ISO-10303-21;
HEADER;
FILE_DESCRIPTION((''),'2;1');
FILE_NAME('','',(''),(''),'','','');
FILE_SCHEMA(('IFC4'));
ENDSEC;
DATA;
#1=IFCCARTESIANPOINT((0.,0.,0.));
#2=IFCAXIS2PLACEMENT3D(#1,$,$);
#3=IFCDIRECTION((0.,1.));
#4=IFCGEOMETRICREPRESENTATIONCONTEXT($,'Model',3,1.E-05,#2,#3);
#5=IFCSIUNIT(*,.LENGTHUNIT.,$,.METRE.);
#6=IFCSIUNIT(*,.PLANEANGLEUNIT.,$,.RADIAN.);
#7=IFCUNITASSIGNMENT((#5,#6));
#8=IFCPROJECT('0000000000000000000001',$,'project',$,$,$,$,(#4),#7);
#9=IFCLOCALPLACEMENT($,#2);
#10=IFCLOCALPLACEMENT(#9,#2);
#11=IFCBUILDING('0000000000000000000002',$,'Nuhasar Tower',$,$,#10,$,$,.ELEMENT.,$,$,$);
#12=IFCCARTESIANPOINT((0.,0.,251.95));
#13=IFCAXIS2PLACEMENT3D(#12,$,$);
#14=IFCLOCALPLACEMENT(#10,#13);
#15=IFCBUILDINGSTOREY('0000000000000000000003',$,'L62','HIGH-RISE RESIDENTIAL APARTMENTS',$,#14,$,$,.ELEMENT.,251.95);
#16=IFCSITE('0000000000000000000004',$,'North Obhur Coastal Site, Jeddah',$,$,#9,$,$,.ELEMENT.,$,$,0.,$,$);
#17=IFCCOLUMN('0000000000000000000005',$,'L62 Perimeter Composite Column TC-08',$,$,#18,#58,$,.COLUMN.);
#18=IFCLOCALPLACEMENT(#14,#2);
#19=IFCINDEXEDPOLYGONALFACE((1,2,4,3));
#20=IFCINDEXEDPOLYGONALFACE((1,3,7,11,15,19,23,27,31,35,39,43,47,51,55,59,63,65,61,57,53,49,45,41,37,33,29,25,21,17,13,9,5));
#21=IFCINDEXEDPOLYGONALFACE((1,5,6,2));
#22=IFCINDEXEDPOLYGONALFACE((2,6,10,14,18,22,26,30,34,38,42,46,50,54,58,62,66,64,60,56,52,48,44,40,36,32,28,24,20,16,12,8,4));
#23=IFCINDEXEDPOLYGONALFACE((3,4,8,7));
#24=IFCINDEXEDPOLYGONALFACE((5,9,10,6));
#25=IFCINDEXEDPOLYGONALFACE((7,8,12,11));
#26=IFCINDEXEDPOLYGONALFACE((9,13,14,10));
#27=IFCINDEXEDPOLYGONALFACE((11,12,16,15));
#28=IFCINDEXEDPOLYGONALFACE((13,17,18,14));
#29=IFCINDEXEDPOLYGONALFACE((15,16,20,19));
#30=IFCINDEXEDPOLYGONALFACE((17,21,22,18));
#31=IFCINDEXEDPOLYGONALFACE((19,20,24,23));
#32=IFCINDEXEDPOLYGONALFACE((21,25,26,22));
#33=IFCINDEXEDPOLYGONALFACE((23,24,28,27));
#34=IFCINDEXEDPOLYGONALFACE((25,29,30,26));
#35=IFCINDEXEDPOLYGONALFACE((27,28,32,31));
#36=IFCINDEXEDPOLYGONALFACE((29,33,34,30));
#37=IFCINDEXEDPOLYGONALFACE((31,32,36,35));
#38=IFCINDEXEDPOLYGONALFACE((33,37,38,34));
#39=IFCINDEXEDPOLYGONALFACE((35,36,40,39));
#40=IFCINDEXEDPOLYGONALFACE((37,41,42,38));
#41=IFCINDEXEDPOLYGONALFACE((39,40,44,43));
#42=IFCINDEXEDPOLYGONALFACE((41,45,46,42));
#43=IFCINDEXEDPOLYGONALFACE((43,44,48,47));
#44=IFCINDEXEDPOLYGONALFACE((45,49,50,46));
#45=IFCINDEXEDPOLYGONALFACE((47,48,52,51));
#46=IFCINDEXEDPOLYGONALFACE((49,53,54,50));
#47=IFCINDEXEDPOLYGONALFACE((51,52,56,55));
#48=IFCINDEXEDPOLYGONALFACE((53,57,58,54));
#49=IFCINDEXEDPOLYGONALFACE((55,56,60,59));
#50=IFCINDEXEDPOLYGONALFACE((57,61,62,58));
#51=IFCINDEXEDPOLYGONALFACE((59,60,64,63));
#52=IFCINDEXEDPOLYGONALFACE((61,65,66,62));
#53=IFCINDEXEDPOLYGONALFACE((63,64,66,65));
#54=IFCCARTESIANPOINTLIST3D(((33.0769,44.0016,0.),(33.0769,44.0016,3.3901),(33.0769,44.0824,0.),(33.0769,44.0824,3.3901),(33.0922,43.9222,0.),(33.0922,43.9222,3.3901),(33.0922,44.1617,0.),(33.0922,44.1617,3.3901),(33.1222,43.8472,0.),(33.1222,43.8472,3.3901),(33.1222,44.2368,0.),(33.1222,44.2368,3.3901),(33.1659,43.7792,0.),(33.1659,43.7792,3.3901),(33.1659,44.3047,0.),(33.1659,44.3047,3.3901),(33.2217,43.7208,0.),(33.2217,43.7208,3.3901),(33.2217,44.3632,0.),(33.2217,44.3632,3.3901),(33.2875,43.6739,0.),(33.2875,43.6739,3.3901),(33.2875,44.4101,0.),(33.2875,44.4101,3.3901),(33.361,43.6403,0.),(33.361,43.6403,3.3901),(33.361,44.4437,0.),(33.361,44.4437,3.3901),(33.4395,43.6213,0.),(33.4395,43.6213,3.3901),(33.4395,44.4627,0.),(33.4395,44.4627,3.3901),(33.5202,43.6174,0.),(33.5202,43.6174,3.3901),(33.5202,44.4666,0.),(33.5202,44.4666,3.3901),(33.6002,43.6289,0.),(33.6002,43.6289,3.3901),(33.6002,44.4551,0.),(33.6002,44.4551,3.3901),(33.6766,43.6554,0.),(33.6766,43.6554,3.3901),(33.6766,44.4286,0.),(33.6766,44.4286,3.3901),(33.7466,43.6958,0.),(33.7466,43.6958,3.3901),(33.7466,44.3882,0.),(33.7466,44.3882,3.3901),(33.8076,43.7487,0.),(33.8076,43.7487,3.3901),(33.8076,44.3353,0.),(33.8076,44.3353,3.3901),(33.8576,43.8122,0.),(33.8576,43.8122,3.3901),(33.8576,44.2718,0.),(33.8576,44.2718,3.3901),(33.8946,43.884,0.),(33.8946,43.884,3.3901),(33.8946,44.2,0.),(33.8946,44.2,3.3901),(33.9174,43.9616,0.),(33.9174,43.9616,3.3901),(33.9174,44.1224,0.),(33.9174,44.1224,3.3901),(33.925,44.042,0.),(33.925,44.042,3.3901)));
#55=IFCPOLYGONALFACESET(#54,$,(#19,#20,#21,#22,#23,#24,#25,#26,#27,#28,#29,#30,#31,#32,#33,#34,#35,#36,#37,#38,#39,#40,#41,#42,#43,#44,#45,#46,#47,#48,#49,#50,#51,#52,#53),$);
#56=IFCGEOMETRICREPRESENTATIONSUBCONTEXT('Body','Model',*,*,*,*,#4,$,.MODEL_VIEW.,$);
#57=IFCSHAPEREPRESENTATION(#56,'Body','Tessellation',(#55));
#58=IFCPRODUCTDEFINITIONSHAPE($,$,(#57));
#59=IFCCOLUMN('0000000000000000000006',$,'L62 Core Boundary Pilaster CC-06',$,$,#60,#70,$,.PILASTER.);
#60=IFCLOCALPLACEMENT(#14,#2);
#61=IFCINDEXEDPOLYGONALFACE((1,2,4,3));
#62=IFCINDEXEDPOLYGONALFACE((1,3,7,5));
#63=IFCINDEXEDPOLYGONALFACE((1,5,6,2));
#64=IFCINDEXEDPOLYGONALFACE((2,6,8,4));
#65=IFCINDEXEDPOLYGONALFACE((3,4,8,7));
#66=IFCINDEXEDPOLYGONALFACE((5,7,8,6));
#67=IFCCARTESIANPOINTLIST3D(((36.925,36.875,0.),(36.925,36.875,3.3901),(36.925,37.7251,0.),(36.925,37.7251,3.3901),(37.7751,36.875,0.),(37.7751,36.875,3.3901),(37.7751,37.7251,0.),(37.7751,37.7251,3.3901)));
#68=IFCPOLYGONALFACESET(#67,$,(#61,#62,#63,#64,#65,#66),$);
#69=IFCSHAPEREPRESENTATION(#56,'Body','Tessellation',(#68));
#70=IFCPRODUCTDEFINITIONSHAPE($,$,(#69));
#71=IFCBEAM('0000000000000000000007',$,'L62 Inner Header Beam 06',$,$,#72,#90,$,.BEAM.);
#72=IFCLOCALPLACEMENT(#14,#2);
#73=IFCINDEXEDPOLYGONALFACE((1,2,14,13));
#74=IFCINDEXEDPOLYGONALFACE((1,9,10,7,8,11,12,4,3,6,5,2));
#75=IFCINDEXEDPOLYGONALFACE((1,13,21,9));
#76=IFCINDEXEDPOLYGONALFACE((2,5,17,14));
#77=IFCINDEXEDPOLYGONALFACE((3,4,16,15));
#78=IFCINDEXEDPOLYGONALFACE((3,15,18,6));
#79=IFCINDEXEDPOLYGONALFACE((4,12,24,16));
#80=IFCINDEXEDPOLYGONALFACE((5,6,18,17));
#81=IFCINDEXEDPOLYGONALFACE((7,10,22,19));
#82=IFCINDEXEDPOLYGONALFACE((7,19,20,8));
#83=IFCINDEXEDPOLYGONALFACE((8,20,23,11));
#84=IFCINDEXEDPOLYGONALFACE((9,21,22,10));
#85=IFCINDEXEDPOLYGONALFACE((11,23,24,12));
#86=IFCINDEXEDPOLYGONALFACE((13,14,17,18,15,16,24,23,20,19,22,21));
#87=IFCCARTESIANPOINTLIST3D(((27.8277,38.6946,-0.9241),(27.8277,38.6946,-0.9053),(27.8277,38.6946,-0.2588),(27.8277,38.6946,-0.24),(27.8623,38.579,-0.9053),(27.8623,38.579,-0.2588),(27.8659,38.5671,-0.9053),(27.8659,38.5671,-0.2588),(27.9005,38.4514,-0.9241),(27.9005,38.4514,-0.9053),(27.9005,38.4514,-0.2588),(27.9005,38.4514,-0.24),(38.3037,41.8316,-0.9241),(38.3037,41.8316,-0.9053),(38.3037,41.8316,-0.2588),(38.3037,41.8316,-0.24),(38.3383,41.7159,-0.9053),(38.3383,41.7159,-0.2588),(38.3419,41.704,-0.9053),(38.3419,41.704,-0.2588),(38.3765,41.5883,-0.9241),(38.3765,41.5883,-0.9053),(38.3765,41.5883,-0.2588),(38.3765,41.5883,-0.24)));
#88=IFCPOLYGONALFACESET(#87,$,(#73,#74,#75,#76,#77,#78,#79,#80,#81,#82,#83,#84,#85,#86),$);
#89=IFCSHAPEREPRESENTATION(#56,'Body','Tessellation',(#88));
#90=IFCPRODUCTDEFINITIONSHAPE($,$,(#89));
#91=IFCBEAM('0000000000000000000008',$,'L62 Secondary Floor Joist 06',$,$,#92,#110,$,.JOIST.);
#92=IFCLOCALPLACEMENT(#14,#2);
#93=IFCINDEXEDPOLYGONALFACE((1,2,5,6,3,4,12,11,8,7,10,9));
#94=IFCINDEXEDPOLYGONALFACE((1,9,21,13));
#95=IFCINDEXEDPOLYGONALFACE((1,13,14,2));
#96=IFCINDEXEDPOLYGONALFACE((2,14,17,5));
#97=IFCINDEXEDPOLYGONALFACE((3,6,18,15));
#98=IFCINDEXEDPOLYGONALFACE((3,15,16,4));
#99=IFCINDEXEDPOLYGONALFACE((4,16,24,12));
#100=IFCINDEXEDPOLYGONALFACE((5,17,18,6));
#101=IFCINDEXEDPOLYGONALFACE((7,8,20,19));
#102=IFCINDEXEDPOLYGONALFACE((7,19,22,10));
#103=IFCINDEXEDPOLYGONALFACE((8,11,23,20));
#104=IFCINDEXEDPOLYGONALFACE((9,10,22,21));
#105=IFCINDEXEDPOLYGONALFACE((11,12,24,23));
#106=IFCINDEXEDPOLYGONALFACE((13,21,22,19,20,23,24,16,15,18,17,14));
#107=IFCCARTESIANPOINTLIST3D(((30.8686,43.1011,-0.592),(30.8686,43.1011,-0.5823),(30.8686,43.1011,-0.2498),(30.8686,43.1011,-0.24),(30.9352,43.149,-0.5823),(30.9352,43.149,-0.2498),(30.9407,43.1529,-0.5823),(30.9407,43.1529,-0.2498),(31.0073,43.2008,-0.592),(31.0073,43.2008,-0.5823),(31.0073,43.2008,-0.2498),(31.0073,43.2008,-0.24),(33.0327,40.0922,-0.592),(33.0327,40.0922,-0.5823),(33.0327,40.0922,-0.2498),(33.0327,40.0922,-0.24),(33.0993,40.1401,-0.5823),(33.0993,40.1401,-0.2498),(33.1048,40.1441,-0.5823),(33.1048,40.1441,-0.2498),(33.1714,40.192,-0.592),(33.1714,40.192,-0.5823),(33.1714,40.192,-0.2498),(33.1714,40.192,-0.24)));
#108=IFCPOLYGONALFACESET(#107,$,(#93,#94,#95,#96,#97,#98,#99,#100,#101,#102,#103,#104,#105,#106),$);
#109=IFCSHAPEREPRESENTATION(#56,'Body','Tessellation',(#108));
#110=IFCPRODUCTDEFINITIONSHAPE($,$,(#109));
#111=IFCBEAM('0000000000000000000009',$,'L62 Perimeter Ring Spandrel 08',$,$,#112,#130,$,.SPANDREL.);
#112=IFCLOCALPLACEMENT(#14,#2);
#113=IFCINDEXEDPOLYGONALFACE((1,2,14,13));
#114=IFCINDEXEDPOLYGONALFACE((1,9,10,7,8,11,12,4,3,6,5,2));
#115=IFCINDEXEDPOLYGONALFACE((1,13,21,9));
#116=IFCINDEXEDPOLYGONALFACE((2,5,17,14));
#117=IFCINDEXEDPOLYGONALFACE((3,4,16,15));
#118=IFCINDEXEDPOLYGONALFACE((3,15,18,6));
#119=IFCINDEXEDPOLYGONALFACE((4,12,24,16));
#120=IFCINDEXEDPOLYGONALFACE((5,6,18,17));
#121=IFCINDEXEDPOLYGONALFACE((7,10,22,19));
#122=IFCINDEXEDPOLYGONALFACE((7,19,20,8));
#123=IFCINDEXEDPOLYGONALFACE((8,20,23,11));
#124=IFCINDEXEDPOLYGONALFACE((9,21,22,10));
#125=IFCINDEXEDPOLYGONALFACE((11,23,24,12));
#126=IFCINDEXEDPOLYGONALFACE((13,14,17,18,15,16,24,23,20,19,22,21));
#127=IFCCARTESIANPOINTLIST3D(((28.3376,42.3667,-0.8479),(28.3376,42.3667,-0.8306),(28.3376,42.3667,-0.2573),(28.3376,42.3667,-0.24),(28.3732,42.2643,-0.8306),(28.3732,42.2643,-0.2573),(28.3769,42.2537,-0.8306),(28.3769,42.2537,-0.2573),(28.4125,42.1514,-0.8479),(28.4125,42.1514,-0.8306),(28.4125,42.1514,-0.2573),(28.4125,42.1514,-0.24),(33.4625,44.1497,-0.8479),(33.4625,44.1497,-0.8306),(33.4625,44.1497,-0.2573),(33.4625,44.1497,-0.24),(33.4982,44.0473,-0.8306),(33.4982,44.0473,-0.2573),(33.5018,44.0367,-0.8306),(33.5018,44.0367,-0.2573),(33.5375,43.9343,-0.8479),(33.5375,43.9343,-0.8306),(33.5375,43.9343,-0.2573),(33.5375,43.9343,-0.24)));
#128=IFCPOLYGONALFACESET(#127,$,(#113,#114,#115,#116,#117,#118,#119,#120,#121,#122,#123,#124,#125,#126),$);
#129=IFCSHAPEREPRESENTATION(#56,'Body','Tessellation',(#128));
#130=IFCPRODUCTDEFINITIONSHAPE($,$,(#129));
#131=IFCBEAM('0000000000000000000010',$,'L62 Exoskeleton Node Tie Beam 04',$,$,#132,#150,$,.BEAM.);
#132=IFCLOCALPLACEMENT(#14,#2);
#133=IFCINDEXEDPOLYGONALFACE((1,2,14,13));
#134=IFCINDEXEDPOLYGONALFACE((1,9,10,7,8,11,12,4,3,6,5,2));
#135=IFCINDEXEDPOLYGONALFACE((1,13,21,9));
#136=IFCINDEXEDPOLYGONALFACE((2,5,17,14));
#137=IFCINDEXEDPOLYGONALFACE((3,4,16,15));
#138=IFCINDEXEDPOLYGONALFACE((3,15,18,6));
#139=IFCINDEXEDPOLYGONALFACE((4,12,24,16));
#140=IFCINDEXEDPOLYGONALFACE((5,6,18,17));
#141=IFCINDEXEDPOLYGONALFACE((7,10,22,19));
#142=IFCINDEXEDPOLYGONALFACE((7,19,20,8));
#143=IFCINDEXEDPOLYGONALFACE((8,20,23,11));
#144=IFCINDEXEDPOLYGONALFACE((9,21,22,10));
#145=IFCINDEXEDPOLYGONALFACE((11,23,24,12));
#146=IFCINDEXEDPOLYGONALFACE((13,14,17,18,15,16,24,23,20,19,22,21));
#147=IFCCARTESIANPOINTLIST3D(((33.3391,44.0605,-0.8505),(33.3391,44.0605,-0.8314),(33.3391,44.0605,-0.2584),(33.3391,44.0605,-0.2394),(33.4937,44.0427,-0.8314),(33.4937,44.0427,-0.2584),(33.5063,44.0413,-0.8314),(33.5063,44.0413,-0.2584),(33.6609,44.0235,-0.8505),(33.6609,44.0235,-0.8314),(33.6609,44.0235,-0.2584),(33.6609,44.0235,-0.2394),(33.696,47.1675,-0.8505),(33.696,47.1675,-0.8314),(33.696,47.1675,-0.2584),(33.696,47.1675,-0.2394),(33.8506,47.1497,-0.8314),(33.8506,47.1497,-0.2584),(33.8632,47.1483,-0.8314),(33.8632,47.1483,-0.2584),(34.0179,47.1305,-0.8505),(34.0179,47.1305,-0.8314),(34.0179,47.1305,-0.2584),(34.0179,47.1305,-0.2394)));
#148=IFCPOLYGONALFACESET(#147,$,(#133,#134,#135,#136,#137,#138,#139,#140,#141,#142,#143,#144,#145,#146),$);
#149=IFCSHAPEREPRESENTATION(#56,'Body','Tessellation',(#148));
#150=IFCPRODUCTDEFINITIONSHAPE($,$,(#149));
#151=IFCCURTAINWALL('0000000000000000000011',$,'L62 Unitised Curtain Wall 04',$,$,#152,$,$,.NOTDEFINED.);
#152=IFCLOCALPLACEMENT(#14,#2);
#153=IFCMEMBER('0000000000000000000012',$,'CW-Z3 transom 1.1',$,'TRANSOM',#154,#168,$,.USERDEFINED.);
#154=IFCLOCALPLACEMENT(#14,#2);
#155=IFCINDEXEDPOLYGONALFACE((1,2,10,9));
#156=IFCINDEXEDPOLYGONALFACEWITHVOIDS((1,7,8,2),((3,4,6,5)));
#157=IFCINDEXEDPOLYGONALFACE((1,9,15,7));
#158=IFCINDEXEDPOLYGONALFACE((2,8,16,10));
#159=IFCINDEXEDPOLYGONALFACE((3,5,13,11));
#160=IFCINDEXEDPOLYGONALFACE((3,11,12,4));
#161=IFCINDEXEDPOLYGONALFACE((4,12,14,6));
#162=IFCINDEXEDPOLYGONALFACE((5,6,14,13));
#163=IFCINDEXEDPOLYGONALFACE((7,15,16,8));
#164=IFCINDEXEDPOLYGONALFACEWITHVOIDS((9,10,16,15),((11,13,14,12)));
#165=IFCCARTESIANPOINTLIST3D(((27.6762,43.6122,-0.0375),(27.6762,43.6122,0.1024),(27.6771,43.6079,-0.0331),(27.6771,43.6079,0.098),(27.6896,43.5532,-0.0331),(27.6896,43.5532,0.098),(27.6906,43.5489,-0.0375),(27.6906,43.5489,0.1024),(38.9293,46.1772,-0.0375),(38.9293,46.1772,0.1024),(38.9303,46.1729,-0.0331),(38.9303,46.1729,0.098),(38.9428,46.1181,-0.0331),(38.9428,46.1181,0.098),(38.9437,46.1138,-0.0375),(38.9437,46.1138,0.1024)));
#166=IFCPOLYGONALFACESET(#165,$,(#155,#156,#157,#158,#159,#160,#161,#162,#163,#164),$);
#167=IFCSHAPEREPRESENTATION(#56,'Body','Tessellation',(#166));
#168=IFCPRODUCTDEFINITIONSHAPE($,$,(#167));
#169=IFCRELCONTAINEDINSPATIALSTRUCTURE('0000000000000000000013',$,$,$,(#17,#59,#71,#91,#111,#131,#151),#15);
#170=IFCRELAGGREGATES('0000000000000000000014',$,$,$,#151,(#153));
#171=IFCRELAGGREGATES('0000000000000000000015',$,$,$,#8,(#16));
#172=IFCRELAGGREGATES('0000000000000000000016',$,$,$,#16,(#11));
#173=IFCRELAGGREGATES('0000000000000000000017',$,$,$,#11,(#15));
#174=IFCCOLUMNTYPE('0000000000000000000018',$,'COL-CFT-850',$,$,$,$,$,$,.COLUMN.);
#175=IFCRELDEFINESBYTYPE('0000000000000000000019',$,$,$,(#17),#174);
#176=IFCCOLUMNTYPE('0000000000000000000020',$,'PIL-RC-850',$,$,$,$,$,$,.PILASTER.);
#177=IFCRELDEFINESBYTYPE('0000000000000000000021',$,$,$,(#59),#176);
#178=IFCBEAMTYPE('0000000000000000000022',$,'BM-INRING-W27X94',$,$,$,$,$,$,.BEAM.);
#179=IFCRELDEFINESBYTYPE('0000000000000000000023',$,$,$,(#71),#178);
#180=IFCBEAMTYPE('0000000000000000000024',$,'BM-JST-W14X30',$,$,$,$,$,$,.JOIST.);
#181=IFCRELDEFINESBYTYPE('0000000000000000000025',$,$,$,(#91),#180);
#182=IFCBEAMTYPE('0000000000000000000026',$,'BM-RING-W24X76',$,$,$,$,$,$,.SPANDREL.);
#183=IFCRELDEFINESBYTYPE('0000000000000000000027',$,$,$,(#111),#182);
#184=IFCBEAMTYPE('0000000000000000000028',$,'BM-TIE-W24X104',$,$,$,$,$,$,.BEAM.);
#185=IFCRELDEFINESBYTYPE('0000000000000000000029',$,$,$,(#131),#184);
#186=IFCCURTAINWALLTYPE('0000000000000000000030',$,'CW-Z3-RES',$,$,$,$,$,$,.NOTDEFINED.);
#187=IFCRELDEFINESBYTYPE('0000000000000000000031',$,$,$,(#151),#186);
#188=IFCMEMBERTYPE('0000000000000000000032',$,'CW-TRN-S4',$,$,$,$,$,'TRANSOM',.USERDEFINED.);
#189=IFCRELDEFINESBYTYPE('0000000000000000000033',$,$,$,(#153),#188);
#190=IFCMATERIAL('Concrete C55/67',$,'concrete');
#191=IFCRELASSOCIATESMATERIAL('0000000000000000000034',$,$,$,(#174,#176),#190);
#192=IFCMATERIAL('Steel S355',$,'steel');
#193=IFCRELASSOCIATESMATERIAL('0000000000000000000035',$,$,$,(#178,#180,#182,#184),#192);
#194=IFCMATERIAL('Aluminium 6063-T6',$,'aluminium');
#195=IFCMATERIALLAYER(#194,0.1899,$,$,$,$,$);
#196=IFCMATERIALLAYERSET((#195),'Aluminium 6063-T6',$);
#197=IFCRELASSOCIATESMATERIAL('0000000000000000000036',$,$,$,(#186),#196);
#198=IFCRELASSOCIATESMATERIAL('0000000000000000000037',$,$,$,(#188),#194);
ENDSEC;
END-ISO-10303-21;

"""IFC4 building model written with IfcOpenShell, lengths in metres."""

from ifc_helpers import new_model, si_unit, direction, frame, origin, origin_2d, place, context, subcontext, project, spatial, rectangle, hollow_rectangle, circle, i_section, extrude, material, layer, layer_set, material_profile, profile_set, type_object, element, aggregate, save


model = new_model("IFC4")

# Units and contexts
model_context = context("Model", 3, precision=1e-05, world=origin(), true_north=direction((0.0, 1.0)))
body_context = subcontext(model_context, "Body", "Model", "MODEL_VIEW")
ifc_project = project(units=[si_unit("LENGTHUNIT", "METRE"), si_unit("PLANEANGLEUNIT", "RADIAN")], contexts=[model_context])

# Site, building, storey
site_placement = place(None, origin())
site = spatial("IfcSite", under=ifc_project, at=site_placement, Name="North Obhur Coastal Site, Jeddah", CompositionType="ELEMENT", RefElevation=0.0)
building_placement = place(site_placement, origin())
building = spatial("IfcBuilding", under=site, at=building_placement, Name="Nuhasar Tower", CompositionType="ELEMENT")
storey_placement = place(building_placement, frame((0.0, 0.0, 251.95)))
storey = spatial("IfcBuildingStorey", under=building, at=storey_placement, Name="L62", Description="HIGH-RISE RESIDENTIAL APARTMENTS", CompositionType="ELEMENT", Elevation=251.95)

# Columns
ifc_material_1 = material(Name="Concrete C55/67", Category="concrete")
ifc_material_profile_1 = material_profile(ifc_material_1, circle(Radius=0.425, at=origin_2d()), Name="CFT850")
ifc_profile_set_1 = profile_set([ifc_material_profile_1], Name="Concrete C55/67")
column_type_1 = type_object("IfcColumnType", Name="COL-CFT-850", PredefinedType="COLUMN", material=ifc_profile_set_1)
column_1_placement = place(storey_placement, frame((33.5, 44.042, 0.0), z_axis=(0.0, 0.0, 1.0), x_axis=(1.0, 0.0, 0.0)))
element("IfcColumn", 1, at=column_1_placement, inside=storey, type_object=column_type_1, Name="L62 Perimeter Composite Column TC-08", PredefinedType="COLUMN", context=body_context, shape_type="SweptSolid", body=[
    extrude(circle(Radius=0.425, at=origin_2d()), origin(), (0.0, 0.0, 1.0), 3.3901),
])
ifc_material_profile_2 = material_profile(ifc_material_1, rectangle(XDim=0.8501, YDim=0.8501, at=origin_2d()), Name="RC850X850")
ifc_profile_set_2 = profile_set([ifc_material_profile_2], Name="Concrete C55/67")
column_type_2 = type_object("IfcColumnType", Name="PIL-RC-850", PredefinedType="PILASTER", material=ifc_profile_set_2)
column_2_placement = place(storey_placement, frame((37.3501, 37.3, 0.0), z_axis=(0.0, 0.0, 1.0), x_axis=(1.0, 0.0, 0.0)))
element("IfcColumn", 2, at=column_2_placement, inside=storey, type_object=column_type_2, Name="L62 Core Boundary Pilaster CC-06", PredefinedType="PILASTER", context=body_context, shape_type="SweptSolid", body=[
    extrude(rectangle(XDim=0.8501, YDim=0.8501, at=origin_2d()), origin(), (0.0, 0.0, 1.0), 3.3901),
])

# Beams
ifc_material_2 = material(Name="Steel S355", Category="steel")
ifc_material_profile_3 = material_profile(ifc_material_2, i_section(OverallWidth=0.2539, OverallDepth=0.6841, WebThickness=0.0125, FlangeThickness=0.0188, at=origin_2d()), Name="W27X94")
ifc_profile_set_3 = profile_set([ifc_material_profile_3], Name="Steel S355")
beam_type_1 = type_object("IfcBeamType", Name="BM-INRING-W27X94", PredefinedType="BEAM", material=ifc_profile_set_3)
beam_1_placement = place(storey_placement, frame((38.3401, 41.71, -0.582), z_axis=(-0.957974, -0.286856, 0.0), x_axis=(0.286856, -0.957974, 0.0)))
element("IfcBeam", 3, at=beam_1_placement, inside=storey, type_object=beam_type_1, Name="L62 Inner Header Beam 06", PredefinedType="BEAM", context=body_context, shape_type="SweptSolid", body=[
    extrude(i_section(OverallWidth=0.2539, OverallDepth=0.6841, WebThickness=0.0125, FlangeThickness=0.0188, at=origin_2d()), origin(), (0.0, 0.0, 1.0), 10.9355),
])
ifc_material_profile_4 = material_profile(ifc_material_2, i_section(OverallWidth=0.1709, OverallDepth=0.3521, WebThickness=0.0068, FlangeThickness=0.0098, at=origin_2d()), Name="W14X30")
ifc_profile_set_4 = profile_set([ifc_material_profile_4], Name="Steel S355")
beam_type_2 = type_object("IfcBeamType", Name="BM-JST-W14X30", PredefinedType="JOIST", material=ifc_profile_set_4)
beam_2_placement = place(storey_placement, frame((33.1021, 40.1421, -0.416), z_axis=(-0.583902, 0.811824, 0.0), x_axis=(-0.811824, -0.583902, 0.0)))
element("IfcBeam", 4, at=beam_2_placement, inside=storey, type_object=beam_type_2, Name="L62 Secondary Floor Joist 06", PredefinedType="JOIST", context=body_context, shape_type="SweptSolid", body=[
    extrude(i_section(OverallWidth=0.1709, OverallDepth=0.3521, WebThickness=0.0068, FlangeThickness=0.0098, at=origin_2d()), origin(), (0.0, 0.0, 1.0), 3.7063),
])
ifc_material_profile_5 = material_profile(ifc_material_2, i_section(OverallWidth=0.228, OverallDepth=0.6079, WebThickness=0.0112, FlangeThickness=0.0173, at=origin_2d()), Name="W24X76")
ifc_profile_set_5 = profile_set([ifc_material_profile_5], Name="Steel S355")
beam_type_3 = type_object("IfcBeamType", Name="BM-RING-W24X76", PredefinedType="SPANDREL", material=ifc_profile_set_5)
beam_3_placement = place(storey_placement, frame((33.5, 44.042, -0.5439), z_axis=(-0.944477, -0.328578, 0.0), x_axis=(0.328578, -0.944477, 0.0)))
element("IfcBeam", 5, at=beam_3_placement, inside=storey, type_object=beam_type_3, Name="L62 Perimeter Ring Spandrel 08", PredefinedType="SPANDREL", context=body_context, shape_type="SweptSolid", body=[
    extrude(i_section(OverallWidth=0.228, OverallDepth=0.6079, WebThickness=0.0112, FlangeThickness=0.0173, at=origin_2d()), origin(), (0.0, 0.0, 1.0), 5.4263),
])
ifc_material_profile_6 = material_profile(ifc_material_2, i_section(OverallWidth=0.324, OverallDepth=0.6111, WebThickness=0.0127, FlangeThickness=0.019, at=origin_2d()), Name="W24X104")
ifc_profile_set_6 = profile_set([ifc_material_profile_6], Name="Steel S355")
beam_type_4 = type_object("IfcBeamType", Name="BM-TIE-W24X104", PredefinedType="BEAM", material=ifc_profile_set_6)
beam_4_placement = place(storey_placement, frame((33.5, 44.042, -0.5449), z_axis=(0.114132, 0.993466, 0.0), x_axis=(-0.993466, 0.114132, 0.0)))
element("IfcBeam", 6, at=beam_4_placement, inside=storey, type_object=beam_type_4, Name="L62 Exoskeleton Node Tie Beam 04", PredefinedType="BEAM", context=body_context, shape_type="SweptSolid", body=[
    extrude(i_section(OverallWidth=0.324, OverallDepth=0.6111, WebThickness=0.0127, FlangeThickness=0.019, at=origin_2d()), origin(), (0.0, 0.0, 1.0), 3.1274),
])

# Curtain wall, member
ifc_material_3 = material(Name="Aluminium 6063-T6", Category="aluminium")
ifc_layer_1 = layer(ifc_material_3, 0.1899)
ifc_layer_set_1 = layer_set([ifc_layer_1], Name="Aluminium 6063-T6")
curtain_wall_type = type_object("IfcCurtainWallType", Name="CW-Z3-RES", PredefinedType="NOTDEFINED", material=ifc_layer_set_1)
curtain_wall_placement = place(storey_placement, origin())
curtain_wall = element("IfcCurtainWall", 7, at=curtain_wall_placement, inside=storey, type_object=curtain_wall_type, Name="L62 Unitised Curtain Wall 04", PredefinedType="NOTDEFINED")
ifc_material_profile_7 = material_profile(ifc_material_3, hollow_rectangle(XDim=0.0649, YDim=0.1399, WallThickness=0.0044, at=origin_2d()), Name="CWT-4")
ifc_profile_set_7 = profile_set([ifc_material_profile_7], Name="Aluminium 6063-T6")
member_type_1 = type_object("IfcMemberType", Name="CW-TRN-S4", ElementType="TRANSOM", PredefinedType="USERDEFINED", material=ifc_profile_set_7)
member_1_placement = place(storey_placement, frame((38.9365, 46.1455, 0.0325), z_axis=(-0.974994, -0.222231, 0.0), x_axis=(0.222231, -0.974994, 0.0)))
member_1 = element("IfcMember", 8, at=member_1_placement, type_object=member_type_1, Name="CW-Z3 transom 1.1", ObjectType="TRANSOM", PredefinedType="USERDEFINED", context=body_context, shape_type="SweptSolid", body=[
    extrude(hollow_rectangle(XDim=0.0649, YDim=0.1399, WallThickness=0.0044, at=origin_2d()), origin(), (0.0, 0.0, 1.0), 11.5417),
])

aggregate(curtain_wall, [member_1])

save(model, "model.ifc")
